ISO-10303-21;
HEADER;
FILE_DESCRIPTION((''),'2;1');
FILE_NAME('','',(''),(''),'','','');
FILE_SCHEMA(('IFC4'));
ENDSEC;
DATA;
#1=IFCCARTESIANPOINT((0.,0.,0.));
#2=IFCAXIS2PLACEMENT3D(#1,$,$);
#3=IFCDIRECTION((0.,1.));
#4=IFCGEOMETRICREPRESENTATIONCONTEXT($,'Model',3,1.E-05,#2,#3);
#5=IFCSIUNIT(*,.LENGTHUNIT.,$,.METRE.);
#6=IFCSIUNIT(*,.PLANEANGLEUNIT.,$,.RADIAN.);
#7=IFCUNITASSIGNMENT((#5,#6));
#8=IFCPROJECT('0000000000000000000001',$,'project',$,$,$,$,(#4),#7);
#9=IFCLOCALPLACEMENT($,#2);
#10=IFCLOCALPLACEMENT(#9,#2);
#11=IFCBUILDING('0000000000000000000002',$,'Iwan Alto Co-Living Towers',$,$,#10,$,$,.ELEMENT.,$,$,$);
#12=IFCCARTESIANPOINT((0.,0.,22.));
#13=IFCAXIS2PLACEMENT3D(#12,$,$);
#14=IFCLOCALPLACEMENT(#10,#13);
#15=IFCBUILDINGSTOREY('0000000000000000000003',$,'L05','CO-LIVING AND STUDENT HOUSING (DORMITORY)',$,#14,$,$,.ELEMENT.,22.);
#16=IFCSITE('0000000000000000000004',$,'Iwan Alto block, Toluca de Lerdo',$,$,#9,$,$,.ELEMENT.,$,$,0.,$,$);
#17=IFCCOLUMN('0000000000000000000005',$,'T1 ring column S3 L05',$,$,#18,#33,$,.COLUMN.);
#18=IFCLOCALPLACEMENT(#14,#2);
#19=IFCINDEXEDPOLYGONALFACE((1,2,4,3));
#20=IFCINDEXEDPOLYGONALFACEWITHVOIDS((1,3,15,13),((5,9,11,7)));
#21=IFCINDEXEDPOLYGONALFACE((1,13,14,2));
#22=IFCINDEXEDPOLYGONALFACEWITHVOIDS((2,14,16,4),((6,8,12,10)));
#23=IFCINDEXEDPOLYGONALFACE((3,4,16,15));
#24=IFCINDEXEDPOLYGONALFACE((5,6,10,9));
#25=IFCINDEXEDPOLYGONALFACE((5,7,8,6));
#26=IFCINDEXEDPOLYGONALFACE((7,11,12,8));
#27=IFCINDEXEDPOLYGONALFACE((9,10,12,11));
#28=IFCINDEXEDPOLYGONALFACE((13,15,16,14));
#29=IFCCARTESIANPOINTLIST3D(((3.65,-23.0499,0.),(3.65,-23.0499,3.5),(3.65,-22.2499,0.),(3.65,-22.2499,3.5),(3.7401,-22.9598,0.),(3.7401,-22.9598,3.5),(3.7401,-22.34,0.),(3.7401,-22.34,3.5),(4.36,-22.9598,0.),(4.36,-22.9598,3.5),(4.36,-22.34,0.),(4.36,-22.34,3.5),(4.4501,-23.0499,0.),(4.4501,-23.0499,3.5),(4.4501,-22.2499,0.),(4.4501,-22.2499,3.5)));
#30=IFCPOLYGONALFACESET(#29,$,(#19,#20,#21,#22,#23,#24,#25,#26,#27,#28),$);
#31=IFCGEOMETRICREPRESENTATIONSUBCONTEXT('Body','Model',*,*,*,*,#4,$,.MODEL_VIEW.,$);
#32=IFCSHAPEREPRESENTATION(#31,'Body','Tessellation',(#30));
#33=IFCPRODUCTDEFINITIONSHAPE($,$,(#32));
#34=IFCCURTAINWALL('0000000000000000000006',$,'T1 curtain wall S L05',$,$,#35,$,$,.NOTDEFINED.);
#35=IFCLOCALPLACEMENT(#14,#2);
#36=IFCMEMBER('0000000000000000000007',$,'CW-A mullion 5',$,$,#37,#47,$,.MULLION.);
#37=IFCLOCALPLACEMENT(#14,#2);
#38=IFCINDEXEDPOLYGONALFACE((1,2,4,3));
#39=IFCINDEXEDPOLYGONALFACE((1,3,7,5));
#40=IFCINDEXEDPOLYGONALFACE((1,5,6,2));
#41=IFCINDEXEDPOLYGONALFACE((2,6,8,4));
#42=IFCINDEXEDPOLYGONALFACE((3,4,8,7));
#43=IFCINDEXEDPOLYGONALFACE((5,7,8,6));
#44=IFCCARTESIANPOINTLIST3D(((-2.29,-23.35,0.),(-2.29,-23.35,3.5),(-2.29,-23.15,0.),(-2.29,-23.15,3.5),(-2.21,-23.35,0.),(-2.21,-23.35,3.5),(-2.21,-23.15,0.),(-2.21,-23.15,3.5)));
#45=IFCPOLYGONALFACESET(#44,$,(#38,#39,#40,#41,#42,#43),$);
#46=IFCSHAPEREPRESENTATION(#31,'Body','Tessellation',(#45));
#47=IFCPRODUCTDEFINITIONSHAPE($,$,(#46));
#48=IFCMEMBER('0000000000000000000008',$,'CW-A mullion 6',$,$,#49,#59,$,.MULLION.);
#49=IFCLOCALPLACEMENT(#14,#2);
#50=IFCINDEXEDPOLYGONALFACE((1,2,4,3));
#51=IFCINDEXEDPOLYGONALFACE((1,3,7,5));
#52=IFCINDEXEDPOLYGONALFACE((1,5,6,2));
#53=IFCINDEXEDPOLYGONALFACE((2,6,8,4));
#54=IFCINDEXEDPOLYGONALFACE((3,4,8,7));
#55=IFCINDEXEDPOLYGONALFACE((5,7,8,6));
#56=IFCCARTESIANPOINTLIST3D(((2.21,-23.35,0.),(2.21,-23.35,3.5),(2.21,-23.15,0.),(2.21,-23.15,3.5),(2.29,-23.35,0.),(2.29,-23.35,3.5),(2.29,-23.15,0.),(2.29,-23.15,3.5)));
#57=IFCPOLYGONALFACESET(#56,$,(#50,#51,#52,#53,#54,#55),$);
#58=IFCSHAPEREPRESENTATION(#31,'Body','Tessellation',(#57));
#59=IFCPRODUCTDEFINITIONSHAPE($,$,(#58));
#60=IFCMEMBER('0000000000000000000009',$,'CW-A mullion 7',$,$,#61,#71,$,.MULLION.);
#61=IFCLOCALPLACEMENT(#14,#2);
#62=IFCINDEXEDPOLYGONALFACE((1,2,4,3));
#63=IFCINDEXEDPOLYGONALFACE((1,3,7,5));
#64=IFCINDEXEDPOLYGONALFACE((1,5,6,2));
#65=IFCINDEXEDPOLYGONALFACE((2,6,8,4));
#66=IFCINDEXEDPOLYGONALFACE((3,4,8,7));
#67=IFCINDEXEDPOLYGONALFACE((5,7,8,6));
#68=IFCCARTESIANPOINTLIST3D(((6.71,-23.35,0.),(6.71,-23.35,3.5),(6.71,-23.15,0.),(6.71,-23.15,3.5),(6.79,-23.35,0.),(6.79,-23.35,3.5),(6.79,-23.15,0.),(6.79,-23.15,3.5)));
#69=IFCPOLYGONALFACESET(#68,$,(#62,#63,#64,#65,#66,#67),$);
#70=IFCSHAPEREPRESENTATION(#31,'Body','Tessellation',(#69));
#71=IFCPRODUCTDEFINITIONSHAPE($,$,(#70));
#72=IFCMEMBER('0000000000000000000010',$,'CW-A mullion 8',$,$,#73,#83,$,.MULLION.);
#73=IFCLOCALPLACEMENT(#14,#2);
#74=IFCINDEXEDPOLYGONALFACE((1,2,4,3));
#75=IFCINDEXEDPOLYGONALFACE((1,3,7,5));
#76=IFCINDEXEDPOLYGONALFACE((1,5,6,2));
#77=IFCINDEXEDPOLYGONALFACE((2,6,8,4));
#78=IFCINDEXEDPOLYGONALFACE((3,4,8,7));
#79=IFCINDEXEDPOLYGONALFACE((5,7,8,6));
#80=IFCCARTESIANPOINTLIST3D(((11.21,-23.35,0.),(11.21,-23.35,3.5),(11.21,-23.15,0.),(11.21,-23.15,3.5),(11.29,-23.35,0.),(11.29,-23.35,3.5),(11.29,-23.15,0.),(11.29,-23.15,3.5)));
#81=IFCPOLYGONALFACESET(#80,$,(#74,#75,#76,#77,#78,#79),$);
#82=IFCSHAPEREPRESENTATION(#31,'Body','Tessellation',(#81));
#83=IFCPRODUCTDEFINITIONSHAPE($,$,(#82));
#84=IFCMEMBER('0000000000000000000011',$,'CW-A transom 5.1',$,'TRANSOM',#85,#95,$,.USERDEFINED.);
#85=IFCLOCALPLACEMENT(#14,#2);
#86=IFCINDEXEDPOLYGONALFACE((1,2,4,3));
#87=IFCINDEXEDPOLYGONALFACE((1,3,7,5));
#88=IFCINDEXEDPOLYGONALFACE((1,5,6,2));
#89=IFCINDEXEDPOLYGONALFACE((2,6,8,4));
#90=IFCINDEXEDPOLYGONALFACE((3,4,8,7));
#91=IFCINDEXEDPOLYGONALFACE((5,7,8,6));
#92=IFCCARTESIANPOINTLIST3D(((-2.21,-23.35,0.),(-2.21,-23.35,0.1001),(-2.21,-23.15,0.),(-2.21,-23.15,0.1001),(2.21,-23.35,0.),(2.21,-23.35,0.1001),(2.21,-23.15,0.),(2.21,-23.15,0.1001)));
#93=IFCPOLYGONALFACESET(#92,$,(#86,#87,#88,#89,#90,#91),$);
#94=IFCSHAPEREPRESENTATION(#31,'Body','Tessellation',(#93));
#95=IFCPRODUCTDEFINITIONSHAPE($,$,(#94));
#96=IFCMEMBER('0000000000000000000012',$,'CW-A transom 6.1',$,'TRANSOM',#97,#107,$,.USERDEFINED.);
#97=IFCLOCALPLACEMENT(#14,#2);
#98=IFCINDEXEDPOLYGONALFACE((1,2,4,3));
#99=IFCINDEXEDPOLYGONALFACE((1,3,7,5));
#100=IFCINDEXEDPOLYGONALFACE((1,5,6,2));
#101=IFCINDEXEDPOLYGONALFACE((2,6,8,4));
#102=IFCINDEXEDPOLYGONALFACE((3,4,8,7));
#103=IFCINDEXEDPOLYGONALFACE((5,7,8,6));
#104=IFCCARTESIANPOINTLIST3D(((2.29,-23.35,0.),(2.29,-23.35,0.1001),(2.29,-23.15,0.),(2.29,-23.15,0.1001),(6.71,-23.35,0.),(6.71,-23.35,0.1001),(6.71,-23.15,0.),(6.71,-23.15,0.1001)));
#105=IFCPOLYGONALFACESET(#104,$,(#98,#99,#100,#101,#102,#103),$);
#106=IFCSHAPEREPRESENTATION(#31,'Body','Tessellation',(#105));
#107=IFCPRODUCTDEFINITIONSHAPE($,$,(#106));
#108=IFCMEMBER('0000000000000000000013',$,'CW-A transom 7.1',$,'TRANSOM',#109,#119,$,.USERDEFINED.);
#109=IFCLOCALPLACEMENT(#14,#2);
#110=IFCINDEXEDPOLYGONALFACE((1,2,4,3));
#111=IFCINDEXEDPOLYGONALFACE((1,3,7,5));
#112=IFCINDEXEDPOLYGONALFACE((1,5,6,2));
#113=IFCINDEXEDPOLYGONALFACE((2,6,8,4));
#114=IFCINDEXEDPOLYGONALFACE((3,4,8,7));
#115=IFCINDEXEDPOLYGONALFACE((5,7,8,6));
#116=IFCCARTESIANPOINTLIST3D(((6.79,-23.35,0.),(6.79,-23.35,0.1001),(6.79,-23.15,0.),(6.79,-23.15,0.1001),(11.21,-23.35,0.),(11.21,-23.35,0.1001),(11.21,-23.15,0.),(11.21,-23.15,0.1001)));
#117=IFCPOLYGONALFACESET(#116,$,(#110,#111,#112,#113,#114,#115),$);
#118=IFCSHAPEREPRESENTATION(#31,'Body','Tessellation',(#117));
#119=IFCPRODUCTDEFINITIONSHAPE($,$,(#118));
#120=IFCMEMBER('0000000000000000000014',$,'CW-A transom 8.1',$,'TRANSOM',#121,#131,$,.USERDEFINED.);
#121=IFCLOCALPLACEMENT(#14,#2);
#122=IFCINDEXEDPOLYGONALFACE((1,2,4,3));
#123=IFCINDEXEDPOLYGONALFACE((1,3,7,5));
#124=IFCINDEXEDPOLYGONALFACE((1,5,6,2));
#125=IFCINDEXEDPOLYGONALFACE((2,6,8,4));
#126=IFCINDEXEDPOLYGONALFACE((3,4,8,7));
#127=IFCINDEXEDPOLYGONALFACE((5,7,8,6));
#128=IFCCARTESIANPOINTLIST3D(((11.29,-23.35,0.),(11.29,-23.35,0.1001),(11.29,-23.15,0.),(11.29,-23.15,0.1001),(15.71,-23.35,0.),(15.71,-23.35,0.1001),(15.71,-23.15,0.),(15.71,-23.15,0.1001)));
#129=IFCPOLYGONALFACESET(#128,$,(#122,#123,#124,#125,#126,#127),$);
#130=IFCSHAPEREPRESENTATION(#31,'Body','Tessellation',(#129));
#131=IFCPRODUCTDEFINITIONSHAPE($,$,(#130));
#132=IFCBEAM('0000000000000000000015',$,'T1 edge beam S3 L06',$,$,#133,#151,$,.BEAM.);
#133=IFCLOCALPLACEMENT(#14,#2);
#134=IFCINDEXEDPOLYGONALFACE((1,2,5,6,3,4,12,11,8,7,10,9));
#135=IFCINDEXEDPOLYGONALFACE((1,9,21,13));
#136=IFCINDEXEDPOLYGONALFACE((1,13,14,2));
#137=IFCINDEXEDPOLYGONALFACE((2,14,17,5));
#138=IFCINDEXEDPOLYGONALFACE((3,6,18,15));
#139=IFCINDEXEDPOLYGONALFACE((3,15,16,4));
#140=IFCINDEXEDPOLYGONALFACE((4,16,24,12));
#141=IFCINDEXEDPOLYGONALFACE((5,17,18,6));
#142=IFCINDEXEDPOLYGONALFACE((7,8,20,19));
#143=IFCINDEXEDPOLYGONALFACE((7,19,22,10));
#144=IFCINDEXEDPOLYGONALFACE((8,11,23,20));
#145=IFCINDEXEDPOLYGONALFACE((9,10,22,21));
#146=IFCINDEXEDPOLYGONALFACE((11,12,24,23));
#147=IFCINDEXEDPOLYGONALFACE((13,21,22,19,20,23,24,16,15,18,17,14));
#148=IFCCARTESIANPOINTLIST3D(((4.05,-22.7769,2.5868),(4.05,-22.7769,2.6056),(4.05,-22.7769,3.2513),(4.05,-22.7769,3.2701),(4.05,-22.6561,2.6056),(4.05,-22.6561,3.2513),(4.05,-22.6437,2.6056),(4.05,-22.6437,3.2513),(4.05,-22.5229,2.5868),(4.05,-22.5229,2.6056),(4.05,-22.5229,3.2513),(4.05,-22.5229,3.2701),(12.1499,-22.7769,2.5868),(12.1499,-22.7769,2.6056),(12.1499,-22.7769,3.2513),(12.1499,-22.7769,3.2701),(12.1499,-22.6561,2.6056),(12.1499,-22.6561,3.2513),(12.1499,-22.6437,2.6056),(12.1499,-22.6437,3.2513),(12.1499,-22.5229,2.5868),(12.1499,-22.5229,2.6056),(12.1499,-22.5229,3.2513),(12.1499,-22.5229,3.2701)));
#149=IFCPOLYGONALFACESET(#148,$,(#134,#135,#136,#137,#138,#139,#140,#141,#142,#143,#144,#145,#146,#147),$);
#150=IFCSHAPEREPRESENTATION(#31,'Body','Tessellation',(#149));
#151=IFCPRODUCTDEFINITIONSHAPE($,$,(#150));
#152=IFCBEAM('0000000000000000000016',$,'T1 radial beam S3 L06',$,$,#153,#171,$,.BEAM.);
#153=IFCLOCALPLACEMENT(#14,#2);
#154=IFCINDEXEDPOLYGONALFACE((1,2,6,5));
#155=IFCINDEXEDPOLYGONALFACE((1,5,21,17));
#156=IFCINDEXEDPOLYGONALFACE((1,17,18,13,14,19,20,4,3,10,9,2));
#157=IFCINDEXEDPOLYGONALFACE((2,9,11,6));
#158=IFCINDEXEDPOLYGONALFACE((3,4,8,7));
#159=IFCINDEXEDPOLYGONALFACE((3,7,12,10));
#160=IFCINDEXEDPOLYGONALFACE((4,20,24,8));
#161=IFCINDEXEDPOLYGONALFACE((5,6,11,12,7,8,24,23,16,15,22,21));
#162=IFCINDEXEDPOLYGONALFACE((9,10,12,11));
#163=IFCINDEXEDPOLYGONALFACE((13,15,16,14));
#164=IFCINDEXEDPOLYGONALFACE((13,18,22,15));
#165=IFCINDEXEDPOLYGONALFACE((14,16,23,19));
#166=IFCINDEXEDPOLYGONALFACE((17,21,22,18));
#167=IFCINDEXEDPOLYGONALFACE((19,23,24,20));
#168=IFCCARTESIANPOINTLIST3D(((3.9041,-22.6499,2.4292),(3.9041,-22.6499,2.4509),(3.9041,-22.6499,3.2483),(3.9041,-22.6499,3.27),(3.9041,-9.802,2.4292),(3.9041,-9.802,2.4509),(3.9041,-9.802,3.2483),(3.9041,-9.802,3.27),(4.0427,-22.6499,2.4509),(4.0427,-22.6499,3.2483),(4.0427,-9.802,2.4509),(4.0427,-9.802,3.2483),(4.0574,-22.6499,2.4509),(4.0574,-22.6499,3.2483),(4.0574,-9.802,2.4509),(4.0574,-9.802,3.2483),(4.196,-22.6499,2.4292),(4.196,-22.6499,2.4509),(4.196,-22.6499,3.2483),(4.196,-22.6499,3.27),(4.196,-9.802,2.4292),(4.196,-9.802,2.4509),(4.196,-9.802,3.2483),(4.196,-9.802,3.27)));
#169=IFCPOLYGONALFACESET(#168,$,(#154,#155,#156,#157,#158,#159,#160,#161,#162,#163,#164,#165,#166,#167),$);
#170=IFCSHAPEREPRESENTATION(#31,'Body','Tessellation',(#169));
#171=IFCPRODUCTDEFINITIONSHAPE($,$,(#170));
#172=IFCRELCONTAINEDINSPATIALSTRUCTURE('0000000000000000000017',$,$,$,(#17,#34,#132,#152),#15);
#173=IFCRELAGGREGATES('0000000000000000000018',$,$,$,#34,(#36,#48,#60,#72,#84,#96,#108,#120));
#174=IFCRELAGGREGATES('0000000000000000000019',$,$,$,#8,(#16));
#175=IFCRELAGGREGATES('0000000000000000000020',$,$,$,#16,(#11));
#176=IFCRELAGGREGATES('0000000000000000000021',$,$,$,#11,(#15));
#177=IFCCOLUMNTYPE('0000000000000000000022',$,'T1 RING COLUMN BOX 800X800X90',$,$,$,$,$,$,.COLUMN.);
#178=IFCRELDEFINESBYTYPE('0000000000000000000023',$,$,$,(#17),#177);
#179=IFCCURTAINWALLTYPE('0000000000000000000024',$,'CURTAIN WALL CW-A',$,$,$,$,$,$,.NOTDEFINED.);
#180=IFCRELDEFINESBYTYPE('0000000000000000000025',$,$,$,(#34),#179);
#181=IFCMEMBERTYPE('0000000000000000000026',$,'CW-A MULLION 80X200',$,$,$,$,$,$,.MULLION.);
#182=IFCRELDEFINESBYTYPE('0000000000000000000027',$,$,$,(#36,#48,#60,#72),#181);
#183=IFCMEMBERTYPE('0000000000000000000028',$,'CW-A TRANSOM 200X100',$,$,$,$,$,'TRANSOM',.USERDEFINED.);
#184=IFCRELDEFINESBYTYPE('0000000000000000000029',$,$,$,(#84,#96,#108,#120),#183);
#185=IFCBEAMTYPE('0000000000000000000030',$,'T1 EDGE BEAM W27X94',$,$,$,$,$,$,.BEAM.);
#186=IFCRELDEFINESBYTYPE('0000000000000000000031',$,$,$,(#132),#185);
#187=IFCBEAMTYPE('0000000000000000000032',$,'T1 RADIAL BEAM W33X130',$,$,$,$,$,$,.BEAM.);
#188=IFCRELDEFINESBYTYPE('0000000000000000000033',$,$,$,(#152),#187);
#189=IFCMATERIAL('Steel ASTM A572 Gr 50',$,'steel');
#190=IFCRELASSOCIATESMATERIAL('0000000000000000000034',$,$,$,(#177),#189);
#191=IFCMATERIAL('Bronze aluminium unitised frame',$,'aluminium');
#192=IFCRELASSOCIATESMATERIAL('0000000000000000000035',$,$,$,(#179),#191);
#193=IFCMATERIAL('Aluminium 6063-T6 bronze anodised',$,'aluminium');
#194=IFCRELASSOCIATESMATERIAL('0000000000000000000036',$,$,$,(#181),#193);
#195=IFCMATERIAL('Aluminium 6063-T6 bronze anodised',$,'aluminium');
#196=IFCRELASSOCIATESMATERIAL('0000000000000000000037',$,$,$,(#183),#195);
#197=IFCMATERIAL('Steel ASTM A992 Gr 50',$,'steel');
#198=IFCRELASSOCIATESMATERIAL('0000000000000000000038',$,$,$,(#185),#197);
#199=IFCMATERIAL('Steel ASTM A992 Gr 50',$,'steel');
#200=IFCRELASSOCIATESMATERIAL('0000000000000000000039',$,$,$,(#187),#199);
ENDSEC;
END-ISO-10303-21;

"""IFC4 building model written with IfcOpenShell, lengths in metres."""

from ifc_helpers import new_model, si_unit, direction, frame, origin, origin_2d, place, context, subcontext, project, spatial, rectangle, hollow_rectangle, i_section, extrude, material, material_profile, profile_set, type_object, element, aggregate, save


model = new_model("IFC4")

# Units and contexts
model_context = context("Model", 3, precision=1e-05, world=origin(), true_north=direction((0.0, 1.0)))
body_context = subcontext(model_context, "Body", "Model", "MODEL_VIEW")
ifc_project = project(units=[si_unit("LENGTHUNIT", "METRE"), si_unit("PLANEANGLEUNIT", "RADIAN")], contexts=[model_context])

# Site, building, storey
site_placement = place(None, origin())
site = spatial("IfcSite", under=ifc_project, at=site_placement, Name="Iwan Alto block, Toluca de Lerdo", CompositionType="ELEMENT", RefElevation=0.0)
building_placement = place(site_placement, origin())
building = spatial("IfcBuilding", under=site, at=building_placement, Name="Iwan Alto Co-Living Towers", CompositionType="ELEMENT")
storey_placement = place(building_placement, frame((0.0, 0.0, 22.0)))
storey = spatial("IfcBuildingStorey", under=building, at=storey_placement, Name="L05", Description="CO-LIVING AND STUDENT HOUSING (DORMITORY)", CompositionType="ELEMENT", Elevation=22.0)

# Column
ifc_material_1 = material(Name="Steel ASTM A572 Gr 50", Category="steel")
ifc_material_profile_1 = material_profile(ifc_material_1, hollow_rectangle(XDim=0.8, YDim=0.8, WallThickness=0.0901, at=origin_2d()), Name="BOX 800X800X90")
ifc_profile_set_1 = profile_set([ifc_material_profile_1], Name="Steel ASTM A572 Gr 50")
column_type = type_object("IfcColumnType", Name="T1 RING COLUMN BOX 800X800X90", PredefinedType="COLUMN", material=ifc_profile_set_1)
column_placement = place(storey_placement, frame((4.05, -22.6499, 0.0), z_axis=(0.0, 0.0, 1.0), x_axis=(1.0, 0.0, 0.0)))
element("IfcColumn", 1, at=column_placement, inside=storey, type_object=column_type, Name="T1 ring column S3 L05", PredefinedType="COLUMN", context=body_context, shape_type="SweptSolid", body=[
    extrude(hollow_rectangle(XDim=0.8, YDim=0.8, WallThickness=0.0901, at=origin_2d()), origin(), (0.0, 0.0, 1.0), 3.5),
])

# Curtain wall, members
ifc_material_2 = material(Name="Bronze aluminium unitised frame", Category="aluminium")
curtain_wall_type = type_object("IfcCurtainWallType", Name="CURTAIN WALL CW-A", PredefinedType="NOTDEFINED", material=ifc_material_2)
curtain_wall_placement = place(storey_placement, origin())
curtain_wall = element("IfcCurtainWall", 2, at=curtain_wall_placement, inside=storey, type_object=curtain_wall_type, Name="T1 curtain wall S L05", PredefinedType="NOTDEFINED")
ifc_material_3 = material(Name="Aluminium 6063-T6 bronze anodised", Category="aluminium")
ifc_material_profile_2 = material_profile(ifc_material_3, rectangle(XDim=0.2, YDim=0.0801, at=origin_2d()), Name="AL 80X200")
ifc_profile_set_2 = profile_set([ifc_material_profile_2], Name="Aluminium 6063-T6 bronze anodised")
member_type_1 = type_object("IfcMemberType", Name="CW-A MULLION 80X200", PredefinedType="MULLION", material=ifc_profile_set_2)
member_1_placement = place(storey_placement, frame((-2.25, -23.25, 0.0), z_axis=(0.0, 0.0, 1.0), x_axis=(0.0, 1.0, 0.0)))
member_1 = element("IfcMember", 3, at=member_1_placement, type_object=member_type_1, Name="CW-A mullion 5", PredefinedType="MULLION", context=body_context, shape_type="SweptSolid", body=[
    extrude(rectangle(XDim=0.2, YDim=0.0801, at=origin_2d()), origin(), (0.0, 0.0, 1.0), 3.5),
])
member_2_placement = place(storey_placement, frame((2.25, -23.25, 0.0), z_axis=(0.0, 0.0, 1.0), x_axis=(0.0, 1.0, 0.0)))
member_2 = element("IfcMember", 4, at=member_2_placement, type_object=member_type_1, Name="CW-A mullion 6", PredefinedType="MULLION", context=body_context, shape_type="SweptSolid", body=[
    extrude(rectangle(XDim=0.2, YDim=0.0801, at=origin_2d()), origin(), (0.0, 0.0, 1.0), 3.5),
])
member_3_placement = place(storey_placement, frame((6.75, -23.25, 0.0), z_axis=(0.0, 0.0, 1.0), x_axis=(0.0, 1.0, 0.0)))
member_3 = element("IfcMember", 5, at=member_3_placement, type_object=member_type_1, Name="CW-A mullion 7", PredefinedType="MULLION", context=body_context, shape_type="SweptSolid", body=[
    extrude(rectangle(XDim=0.2, YDim=0.0801, at=origin_2d()), origin(), (0.0, 0.0, 1.0), 3.5),
])
member_4_placement = place(storey_placement, frame((11.25, -23.25, 0.0), z_axis=(0.0, 0.0, 1.0), x_axis=(0.0, 1.0, 0.0)))
member_4 = element("IfcMember", 6, at=member_4_placement, type_object=member_type_1, Name="CW-A mullion 8", PredefinedType="MULLION", context=body_context, shape_type="SweptSolid", body=[
    extrude(rectangle(XDim=0.2, YDim=0.0801, at=origin_2d()), origin(), (0.0, 0.0, 1.0), 3.5),
])
ifc_material_4 = material(Name="Aluminium 6063-T6 bronze anodised", Category="aluminium")
ifc_material_profile_3 = material_profile(ifc_material_4, rectangle(XDim=0.2, YDim=0.1001, at=origin_2d()), Name="AL 200X100")
ifc_profile_set_3 = profile_set([ifc_material_profile_3], Name="Aluminium 6063-T6 bronze anodised")
member_type_2 = type_object("IfcMemberType", Name="CW-A TRANSOM 200X100", ElementType="TRANSOM", PredefinedType="USERDEFINED", material=ifc_profile_set_3)
member_5_placement = place(storey_placement, frame((-2.21, -23.25, 0.05), z_axis=(1.0, 0.0, 0.0), x_axis=(0.0, 1.0, 0.0)))
member_5 = element("IfcMember", 7, at=member_5_placement, type_object=member_type_2, Name="CW-A transom 5.1", ObjectType="TRANSOM", PredefinedType="USERDEFINED", context=body_context, shape_type="SweptSolid", body=[
    extrude(rectangle(XDim=0.2, YDim=0.1001, at=origin_2d()), origin(), (0.0, 0.0, 1.0), 4.4199),
])
member_6_placement = place(storey_placement, frame((2.29, -23.25, 0.05), z_axis=(1.0, 0.0, 0.0), x_axis=(0.0, 1.0, 0.0)))
member_6 = element("IfcMember", 8, at=member_6_placement, type_object=member_type_2, Name="CW-A transom 6.1", ObjectType="TRANSOM", PredefinedType="USERDEFINED", context=body_context, shape_type="SweptSolid", body=[
    extrude(rectangle(XDim=0.2, YDim=0.1001, at=origin_2d()), origin(), (0.0, 0.0, 1.0), 4.4199),
])
member_7_placement = place(storey_placement, frame((6.79, -23.25, 0.05), z_axis=(1.0, 0.0, 0.0), x_axis=(0.0, 1.0, 0.0)))
member_7 = element("IfcMember", 9, at=member_7_placement, type_object=member_type_2, Name="CW-A transom 7.1", ObjectType="TRANSOM", PredefinedType="USERDEFINED", context=body_context, shape_type="SweptSolid", body=[
    extrude(rectangle(XDim=0.2, YDim=0.1001, at=origin_2d()), origin(), (0.0, 0.0, 1.0), 4.4199),
])
member_8_placement = place(storey_placement, frame((11.29, -23.25, 0.05), z_axis=(1.0, 0.0, 0.0), x_axis=(0.0, 1.0, 0.0)))
member_8 = element("IfcMember", 10, at=member_8_placement, type_object=member_type_2, Name="CW-A transom 8.1", ObjectType="TRANSOM", PredefinedType="USERDEFINED", context=body_context, shape_type="SweptSolid", body=[
    extrude(rectangle(XDim=0.2, YDim=0.1001, at=origin_2d()), origin(), (0.0, 0.0, 1.0), 4.4199),
])

# Beams
ifc_material_5 = material(Name="Steel ASTM A992 Gr 50", Category="steel")
ifc_material_profile_4 = material_profile(ifc_material_5, i_section(OverallWidth=0.2539, OverallDepth=0.6833, WebThickness=0.0125, FlangeThickness=0.0188, at=origin_2d()), Name="W27X94")
ifc_profile_set_4 = profile_set([ifc_material_profile_4], Name="Steel ASTM A992 Gr 50")
beam_type_1 = type_object("IfcBeamType", Name="T1 EDGE BEAM W27X94", PredefinedType="BEAM", material=ifc_profile_set_4)
beam_1_placement = place(storey_placement, frame((4.05, -22.6499, 2.9285), z_axis=(1.0, 0.0, 0.0), x_axis=(0.0, 1.0, 0.0)))
element("IfcBeam", 11, at=beam_1_placement, inside=storey, type_object=beam_type_1, Name="T1 edge beam S3 L06", PredefinedType="BEAM", context=body_context, shape_type="SweptSolid", body=[
    extrude(i_section(OverallWidth=0.2539, OverallDepth=0.6833, WebThickness=0.0125, FlangeThickness=0.0188, at=origin_2d()), origin(), (0.0, 0.0, 1.0), 8.0999),
])
ifc_material_6 = material(Name="Steel ASTM A992 Gr 50", Category="steel")
ifc_material_profile_5 = material_profile(ifc_material_6, i_section(OverallWidth=0.292, OverallDepth=0.8408, WebThickness=0.0146, FlangeThickness=0.0217, at=origin_2d()), Name="W33X130")
ifc_profile_set_5 = profile_set([ifc_material_profile_5], Name="Steel ASTM A992 Gr 50")
beam_type_2 = type_object("IfcBeamType", Name="T1 RADIAL BEAM W33X130", PredefinedType="BEAM", material=ifc_profile_set_5)
beam_2_placement = place(storey_placement, frame((4.05, -22.6499, 2.8496), z_axis=(0.0, 1.0, 0.0), x_axis=(-1.0, 0.0, 0.0)))
element("IfcBeam", 12, at=beam_2_placement, inside=storey, type_object=beam_type_2, Name="T1 radial beam S3 L06", PredefinedType="BEAM", context=body_context, shape_type="SweptSolid", body=[
    extrude(i_section(OverallWidth=0.292, OverallDepth=0.8408, WebThickness=0.0146, FlangeThickness=0.0217, at=origin_2d()), origin(), (0.0, 0.0, 1.0), 12.8479),
])

aggregate(curtain_wall, [member_1, member_2, member_3, member_4, member_5, member_6, member_7, member_8])

save(model, "model.ifc")
